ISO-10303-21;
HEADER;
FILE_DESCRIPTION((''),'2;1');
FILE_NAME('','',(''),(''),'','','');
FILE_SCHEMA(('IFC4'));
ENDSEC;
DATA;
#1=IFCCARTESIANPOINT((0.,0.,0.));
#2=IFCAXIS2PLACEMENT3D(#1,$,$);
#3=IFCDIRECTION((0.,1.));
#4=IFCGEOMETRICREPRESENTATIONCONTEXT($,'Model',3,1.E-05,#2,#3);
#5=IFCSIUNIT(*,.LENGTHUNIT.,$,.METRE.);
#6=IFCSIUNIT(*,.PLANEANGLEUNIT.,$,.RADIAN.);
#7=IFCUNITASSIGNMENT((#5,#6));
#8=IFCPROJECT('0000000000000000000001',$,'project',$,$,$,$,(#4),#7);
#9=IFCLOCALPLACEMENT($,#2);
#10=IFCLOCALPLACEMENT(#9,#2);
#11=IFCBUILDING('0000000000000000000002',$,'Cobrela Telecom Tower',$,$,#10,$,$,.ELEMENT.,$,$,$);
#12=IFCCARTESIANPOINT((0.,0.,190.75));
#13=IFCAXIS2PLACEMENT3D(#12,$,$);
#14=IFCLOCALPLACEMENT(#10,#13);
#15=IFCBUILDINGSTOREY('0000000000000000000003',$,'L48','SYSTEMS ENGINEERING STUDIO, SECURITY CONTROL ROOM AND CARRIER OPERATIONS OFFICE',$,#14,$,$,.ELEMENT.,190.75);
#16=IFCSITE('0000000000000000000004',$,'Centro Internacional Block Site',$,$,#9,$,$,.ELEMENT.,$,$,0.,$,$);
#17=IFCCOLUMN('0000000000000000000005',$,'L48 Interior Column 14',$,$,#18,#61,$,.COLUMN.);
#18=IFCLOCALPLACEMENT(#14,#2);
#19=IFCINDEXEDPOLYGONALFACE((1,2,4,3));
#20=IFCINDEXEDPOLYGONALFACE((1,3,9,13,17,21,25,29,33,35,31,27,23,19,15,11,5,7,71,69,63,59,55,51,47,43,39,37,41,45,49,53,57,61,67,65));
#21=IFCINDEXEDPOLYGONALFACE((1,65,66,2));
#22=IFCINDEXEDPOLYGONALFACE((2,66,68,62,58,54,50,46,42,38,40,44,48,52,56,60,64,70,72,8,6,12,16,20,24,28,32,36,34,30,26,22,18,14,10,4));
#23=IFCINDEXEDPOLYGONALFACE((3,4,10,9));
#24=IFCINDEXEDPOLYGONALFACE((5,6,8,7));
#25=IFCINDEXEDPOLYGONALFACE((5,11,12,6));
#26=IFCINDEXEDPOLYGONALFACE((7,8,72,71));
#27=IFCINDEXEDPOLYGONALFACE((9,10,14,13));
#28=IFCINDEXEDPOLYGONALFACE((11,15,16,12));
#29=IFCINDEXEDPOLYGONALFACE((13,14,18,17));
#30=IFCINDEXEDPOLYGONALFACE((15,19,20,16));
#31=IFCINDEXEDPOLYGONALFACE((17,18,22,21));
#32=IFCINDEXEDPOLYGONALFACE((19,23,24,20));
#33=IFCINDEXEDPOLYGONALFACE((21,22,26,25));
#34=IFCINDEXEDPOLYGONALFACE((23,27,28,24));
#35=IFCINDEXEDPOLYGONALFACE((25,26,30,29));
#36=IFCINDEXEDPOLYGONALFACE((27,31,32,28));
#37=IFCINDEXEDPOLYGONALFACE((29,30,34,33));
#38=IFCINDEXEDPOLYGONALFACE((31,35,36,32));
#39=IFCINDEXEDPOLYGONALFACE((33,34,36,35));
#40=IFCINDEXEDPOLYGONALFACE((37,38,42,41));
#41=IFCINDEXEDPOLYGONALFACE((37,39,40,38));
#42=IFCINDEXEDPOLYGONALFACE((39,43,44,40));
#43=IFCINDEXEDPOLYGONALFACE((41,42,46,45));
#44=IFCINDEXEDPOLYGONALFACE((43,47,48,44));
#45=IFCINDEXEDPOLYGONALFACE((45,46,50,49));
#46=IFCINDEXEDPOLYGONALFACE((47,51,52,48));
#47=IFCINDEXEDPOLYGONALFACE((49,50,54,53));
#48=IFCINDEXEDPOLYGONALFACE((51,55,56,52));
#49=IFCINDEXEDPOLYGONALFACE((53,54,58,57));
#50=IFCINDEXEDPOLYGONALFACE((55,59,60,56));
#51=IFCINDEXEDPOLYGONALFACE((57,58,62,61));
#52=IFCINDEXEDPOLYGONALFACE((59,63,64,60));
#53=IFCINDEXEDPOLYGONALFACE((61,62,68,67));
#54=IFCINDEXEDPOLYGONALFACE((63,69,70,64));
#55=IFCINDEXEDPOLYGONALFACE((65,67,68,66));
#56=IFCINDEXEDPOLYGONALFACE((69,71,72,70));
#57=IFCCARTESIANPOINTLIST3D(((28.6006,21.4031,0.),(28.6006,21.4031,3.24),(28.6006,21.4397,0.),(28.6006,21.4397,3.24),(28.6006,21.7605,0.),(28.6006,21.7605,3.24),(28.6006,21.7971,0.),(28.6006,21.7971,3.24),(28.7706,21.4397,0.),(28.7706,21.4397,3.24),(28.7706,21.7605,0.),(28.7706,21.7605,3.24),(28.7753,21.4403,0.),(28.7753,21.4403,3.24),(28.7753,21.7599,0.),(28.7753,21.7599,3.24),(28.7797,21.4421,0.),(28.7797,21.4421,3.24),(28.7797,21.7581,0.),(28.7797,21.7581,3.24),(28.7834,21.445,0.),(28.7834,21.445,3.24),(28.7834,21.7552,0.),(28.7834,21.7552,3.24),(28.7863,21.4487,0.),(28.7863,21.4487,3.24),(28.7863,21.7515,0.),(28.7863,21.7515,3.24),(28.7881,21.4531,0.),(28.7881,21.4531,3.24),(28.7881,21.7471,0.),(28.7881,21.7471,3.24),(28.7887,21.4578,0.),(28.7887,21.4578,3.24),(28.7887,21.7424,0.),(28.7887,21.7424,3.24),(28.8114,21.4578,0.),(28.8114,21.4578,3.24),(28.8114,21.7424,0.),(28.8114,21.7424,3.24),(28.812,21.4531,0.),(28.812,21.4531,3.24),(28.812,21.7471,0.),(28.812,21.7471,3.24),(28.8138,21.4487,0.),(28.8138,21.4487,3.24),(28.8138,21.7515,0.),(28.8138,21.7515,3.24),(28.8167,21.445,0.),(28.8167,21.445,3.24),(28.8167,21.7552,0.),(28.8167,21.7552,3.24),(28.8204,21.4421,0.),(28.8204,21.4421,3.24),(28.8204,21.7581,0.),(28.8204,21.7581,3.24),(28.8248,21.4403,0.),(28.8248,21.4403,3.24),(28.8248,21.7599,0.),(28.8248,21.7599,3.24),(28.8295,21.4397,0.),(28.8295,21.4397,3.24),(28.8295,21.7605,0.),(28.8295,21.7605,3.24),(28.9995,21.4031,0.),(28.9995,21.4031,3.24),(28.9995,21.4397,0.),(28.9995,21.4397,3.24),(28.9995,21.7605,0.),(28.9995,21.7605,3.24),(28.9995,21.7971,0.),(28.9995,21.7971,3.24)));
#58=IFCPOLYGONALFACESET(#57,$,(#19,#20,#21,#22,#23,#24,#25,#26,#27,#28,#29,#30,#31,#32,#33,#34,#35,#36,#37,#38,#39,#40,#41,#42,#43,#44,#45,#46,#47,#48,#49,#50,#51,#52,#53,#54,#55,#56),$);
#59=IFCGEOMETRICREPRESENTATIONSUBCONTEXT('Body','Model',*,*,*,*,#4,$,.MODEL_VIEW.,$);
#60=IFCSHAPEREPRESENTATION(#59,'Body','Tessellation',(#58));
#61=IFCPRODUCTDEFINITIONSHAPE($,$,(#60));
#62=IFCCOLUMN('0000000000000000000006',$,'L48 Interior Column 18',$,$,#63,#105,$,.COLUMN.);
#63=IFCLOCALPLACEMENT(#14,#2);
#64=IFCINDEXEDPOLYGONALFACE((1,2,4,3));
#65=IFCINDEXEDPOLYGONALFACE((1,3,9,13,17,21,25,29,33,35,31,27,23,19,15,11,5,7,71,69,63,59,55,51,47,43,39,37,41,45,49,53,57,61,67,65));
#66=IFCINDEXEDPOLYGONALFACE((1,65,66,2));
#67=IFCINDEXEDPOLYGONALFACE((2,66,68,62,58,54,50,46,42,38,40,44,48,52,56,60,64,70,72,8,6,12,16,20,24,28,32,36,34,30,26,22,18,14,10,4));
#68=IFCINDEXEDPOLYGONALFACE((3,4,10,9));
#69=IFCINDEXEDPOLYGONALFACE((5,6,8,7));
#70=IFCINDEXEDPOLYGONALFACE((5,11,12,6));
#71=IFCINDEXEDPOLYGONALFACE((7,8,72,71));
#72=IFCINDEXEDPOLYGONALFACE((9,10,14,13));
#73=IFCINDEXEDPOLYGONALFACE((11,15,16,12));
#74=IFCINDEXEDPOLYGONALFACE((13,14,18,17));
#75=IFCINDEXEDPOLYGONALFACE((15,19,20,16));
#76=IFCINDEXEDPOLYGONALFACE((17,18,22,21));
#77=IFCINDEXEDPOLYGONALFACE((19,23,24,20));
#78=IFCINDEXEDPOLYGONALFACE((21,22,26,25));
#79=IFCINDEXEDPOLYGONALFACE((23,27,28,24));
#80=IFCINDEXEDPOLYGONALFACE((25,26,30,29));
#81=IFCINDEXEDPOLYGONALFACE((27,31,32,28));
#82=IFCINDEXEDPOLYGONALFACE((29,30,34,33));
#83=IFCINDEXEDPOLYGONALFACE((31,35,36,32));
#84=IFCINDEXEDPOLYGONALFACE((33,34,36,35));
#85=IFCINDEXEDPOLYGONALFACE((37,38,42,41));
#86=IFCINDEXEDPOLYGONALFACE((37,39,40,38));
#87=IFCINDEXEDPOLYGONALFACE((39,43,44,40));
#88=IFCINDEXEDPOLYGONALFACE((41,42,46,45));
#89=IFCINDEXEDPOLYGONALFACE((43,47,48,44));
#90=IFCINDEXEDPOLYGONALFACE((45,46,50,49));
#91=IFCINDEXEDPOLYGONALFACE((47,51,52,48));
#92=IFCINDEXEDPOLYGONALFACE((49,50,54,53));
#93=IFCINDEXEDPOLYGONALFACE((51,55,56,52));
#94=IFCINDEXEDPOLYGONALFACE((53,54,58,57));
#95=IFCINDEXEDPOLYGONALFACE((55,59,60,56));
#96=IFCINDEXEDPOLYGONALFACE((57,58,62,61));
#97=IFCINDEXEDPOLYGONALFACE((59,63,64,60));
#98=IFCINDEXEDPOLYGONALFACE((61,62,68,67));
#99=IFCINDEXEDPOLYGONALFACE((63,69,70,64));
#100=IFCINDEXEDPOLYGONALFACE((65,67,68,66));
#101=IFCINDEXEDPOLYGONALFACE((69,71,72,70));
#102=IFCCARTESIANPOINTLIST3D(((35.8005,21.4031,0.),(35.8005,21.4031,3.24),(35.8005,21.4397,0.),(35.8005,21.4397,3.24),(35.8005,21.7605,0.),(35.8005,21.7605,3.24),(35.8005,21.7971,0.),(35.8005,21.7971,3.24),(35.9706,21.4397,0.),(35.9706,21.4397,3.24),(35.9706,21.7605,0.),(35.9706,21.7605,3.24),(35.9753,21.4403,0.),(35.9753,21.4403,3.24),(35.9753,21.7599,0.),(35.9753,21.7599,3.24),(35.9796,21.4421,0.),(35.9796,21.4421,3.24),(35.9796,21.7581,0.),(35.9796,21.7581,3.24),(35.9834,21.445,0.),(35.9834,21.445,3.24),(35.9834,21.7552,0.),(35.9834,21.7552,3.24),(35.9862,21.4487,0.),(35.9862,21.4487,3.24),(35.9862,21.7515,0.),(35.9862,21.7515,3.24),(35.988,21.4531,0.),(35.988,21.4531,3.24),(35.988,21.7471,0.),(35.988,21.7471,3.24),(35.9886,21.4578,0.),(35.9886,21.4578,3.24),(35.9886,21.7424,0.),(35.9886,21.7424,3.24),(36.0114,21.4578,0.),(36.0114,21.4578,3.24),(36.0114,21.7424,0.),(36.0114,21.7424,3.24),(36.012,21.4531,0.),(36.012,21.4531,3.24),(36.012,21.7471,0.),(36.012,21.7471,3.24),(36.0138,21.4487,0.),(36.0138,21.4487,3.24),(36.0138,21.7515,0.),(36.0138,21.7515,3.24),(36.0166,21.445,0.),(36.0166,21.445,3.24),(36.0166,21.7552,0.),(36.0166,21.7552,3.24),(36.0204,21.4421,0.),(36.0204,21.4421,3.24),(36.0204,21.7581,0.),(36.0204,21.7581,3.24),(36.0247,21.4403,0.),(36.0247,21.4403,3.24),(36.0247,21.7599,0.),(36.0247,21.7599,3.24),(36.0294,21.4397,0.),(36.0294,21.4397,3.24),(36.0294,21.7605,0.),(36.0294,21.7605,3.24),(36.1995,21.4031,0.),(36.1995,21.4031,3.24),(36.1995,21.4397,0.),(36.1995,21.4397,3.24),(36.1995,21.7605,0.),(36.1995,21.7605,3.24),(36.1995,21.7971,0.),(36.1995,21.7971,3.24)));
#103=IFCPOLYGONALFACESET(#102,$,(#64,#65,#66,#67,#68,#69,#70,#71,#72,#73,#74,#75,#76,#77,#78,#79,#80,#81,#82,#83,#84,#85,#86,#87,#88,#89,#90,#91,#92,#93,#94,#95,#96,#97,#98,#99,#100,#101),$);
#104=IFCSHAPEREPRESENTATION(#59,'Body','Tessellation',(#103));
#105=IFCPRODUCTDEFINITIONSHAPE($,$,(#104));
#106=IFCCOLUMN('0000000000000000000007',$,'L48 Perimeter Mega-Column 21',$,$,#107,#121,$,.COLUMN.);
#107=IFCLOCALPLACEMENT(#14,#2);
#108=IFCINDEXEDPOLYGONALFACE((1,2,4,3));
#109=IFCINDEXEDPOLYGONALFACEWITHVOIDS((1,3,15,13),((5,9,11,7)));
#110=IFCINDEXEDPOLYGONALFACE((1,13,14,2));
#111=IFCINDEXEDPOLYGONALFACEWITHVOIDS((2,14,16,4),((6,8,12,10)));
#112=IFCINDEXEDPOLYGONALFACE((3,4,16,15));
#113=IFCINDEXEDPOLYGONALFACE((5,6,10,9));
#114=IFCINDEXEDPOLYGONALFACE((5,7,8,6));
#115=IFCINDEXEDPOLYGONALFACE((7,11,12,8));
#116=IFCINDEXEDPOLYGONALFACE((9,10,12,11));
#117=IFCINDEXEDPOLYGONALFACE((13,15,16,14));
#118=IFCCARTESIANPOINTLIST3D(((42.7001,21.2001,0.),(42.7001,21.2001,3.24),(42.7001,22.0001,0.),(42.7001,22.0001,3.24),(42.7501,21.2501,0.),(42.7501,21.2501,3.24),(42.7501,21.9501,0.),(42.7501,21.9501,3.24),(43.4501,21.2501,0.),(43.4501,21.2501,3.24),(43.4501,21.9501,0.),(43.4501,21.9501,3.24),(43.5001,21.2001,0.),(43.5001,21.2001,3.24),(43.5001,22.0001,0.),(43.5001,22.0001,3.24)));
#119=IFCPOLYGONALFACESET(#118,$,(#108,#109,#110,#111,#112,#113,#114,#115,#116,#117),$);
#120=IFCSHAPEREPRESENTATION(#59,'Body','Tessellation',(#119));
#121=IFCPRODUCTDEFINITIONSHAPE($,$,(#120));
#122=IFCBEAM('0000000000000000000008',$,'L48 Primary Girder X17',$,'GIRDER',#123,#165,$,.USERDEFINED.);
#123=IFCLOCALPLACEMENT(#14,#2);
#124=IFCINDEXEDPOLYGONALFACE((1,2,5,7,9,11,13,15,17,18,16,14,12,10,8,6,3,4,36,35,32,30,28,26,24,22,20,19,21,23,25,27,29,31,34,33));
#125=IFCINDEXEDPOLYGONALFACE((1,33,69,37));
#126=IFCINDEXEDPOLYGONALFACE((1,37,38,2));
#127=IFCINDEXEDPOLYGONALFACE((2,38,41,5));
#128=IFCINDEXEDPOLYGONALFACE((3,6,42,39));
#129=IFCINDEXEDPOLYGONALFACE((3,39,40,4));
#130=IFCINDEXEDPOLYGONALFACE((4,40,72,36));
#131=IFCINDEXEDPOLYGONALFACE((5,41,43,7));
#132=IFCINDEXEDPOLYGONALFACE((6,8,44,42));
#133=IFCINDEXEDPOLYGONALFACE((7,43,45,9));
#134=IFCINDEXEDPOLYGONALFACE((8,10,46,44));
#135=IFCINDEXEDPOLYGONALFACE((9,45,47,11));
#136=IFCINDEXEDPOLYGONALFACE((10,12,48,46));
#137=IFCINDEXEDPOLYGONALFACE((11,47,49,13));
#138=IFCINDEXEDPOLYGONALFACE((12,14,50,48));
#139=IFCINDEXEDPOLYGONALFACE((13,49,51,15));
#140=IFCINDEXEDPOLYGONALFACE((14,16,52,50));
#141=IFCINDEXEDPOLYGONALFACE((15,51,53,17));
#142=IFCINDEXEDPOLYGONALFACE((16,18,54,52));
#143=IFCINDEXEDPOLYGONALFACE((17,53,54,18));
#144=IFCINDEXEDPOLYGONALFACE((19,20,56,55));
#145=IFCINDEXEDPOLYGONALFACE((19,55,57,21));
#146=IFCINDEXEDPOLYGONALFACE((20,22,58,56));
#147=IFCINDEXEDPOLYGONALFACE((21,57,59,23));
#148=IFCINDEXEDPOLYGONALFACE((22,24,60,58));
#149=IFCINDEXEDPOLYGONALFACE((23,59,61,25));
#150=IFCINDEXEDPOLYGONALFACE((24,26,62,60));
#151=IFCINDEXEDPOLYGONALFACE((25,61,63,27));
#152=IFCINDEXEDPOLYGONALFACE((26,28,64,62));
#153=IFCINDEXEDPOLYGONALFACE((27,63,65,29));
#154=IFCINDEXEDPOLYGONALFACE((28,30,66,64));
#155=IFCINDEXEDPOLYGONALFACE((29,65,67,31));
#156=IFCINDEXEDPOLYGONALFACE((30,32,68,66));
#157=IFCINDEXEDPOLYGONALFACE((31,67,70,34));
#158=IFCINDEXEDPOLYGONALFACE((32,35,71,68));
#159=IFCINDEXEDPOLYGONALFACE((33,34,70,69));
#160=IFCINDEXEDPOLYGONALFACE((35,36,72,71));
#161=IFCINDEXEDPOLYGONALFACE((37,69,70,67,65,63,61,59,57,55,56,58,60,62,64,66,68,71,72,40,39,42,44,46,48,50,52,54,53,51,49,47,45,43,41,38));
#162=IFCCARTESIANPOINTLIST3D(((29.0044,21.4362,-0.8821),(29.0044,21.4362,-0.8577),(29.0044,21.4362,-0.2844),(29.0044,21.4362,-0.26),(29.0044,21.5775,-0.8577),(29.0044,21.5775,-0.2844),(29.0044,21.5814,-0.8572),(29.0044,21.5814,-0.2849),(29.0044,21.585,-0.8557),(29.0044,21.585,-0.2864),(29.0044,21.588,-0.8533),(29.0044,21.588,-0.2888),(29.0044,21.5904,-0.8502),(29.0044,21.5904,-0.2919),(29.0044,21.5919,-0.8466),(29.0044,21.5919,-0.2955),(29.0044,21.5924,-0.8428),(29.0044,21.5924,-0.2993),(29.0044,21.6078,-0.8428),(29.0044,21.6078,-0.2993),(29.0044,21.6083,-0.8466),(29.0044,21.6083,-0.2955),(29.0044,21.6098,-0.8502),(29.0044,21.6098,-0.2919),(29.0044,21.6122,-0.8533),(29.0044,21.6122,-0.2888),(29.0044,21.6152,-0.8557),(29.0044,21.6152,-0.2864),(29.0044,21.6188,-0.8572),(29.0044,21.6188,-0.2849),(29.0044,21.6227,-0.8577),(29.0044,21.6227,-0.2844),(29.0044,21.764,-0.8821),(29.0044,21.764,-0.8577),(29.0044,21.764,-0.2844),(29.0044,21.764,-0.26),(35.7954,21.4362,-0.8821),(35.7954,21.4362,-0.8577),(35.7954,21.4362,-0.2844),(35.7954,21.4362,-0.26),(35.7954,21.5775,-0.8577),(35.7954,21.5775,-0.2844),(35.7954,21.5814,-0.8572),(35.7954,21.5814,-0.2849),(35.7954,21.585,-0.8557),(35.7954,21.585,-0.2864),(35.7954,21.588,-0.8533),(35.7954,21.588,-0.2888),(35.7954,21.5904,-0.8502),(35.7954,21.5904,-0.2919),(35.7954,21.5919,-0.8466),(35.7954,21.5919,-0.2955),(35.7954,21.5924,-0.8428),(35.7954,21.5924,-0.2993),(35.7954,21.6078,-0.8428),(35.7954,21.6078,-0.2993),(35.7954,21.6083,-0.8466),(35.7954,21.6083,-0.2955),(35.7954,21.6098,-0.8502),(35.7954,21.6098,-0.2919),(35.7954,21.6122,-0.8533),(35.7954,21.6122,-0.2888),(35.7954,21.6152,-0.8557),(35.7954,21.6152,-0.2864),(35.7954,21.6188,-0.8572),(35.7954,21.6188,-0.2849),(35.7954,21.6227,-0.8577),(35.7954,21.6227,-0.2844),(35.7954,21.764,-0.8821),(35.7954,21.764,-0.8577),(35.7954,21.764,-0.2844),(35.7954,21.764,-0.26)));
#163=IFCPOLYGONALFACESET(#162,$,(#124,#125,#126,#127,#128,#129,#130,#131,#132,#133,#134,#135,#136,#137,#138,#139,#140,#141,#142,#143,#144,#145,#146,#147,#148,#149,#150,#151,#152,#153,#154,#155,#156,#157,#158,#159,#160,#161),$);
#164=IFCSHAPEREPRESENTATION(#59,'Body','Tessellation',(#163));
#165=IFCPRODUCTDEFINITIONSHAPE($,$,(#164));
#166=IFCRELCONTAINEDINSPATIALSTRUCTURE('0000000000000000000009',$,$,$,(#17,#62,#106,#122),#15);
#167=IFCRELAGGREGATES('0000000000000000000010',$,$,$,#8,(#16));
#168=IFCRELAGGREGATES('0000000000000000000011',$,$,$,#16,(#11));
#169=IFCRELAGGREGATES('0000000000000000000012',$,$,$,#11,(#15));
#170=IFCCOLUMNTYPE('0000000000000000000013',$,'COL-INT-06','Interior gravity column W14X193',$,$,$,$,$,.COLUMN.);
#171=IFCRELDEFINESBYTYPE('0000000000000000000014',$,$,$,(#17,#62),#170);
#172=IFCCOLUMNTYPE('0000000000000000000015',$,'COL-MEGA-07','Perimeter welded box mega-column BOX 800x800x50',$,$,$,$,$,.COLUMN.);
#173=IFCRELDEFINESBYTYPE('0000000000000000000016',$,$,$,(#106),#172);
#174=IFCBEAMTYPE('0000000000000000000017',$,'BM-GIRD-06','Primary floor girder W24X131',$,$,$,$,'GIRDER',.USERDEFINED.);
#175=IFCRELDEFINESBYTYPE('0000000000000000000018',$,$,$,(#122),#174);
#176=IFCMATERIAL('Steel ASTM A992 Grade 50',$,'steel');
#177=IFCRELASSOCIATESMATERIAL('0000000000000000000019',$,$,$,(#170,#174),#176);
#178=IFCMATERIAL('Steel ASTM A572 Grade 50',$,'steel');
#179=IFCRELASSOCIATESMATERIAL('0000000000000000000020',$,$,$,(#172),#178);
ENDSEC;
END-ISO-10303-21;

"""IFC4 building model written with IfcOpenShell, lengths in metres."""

from ifc_helpers import new_model, si_unit, direction, frame, origin, origin_2d, place, context, subcontext, project, spatial, hollow_rectangle, i_section, extrude, material, material_profile, profile_set, type_object, element, save


model = new_model("IFC4")

# Units and contexts
model_context = context("Model", 3, precision=1e-05, world=origin(), true_north=direction((0.0, 1.0)))
body_context = subcontext(model_context, "Body", "Model", "MODEL_VIEW")
ifc_project = project(units=[si_unit("LENGTHUNIT", "METRE"), si_unit("PLANEANGLEUNIT", "RADIAN")], contexts=[model_context])

# Site, building, storey
site_placement = place(None, origin())
site = spatial("IfcSite", under=ifc_project, at=site_placement, Name="Centro Internacional Block Site", CompositionType="ELEMENT", RefElevation=0.0)
building_placement = place(site_placement, origin())
building = spatial("IfcBuilding", under=site, at=building_placement, Name="Cobrela Telecom Tower", CompositionType="ELEMENT")
storey_placement = place(building_placement, frame((0.0, 0.0, 190.75)))
storey = spatial("IfcBuildingStorey", under=building, at=storey_placement, Name="L48", Description="SYSTEMS ENGINEERING STUDIO, SECURITY CONTROL ROOM AND CARRIER OPERATIONS OFFICE", CompositionType="ELEMENT", Elevation=190.75)

# Columns
ifc_material_1 = material(Name="Steel ASTM A992 Grade 50", Category="steel")
ifc_material_profile_1 = material_profile(ifc_material_1, i_section(OverallWidth=0.3989, OverallDepth=0.394, WebThickness=0.0227, FlangeThickness=0.0366, FilletRadius=0.0181, at=origin_2d()), Name="W14X193")
ifc_profile_set_1 = profile_set([ifc_material_profile_1], Name="Steel ASTM A992 Grade 50")
column_type_1 = type_object("IfcColumnType", Name="COL-INT-06", Description="Interior gravity column W14X193", PredefinedType="COLUMN", material=ifc_profile_set_1)
for number, where, z_axis, x_axis, name in (
    (1, (28.8, 21.6001, 0.0), (0.0, 0.0, 1.0), (1.0, 0.0, 0.0), "L48 Interior Column 14"),
    (2, (36.0, 21.6001, 0.0), (0.0, 0.0, 1.0), (1.0, 0.0, 0.0), "L48 Interior Column 18"),
):
    element("IfcColumn", number, at=place(storey_placement, frame(where, z_axis=z_axis, x_axis=x_axis)), inside=storey, type_object=column_type_1, Name=name, PredefinedType="COLUMN", context=body_context, shape_type="SweptSolid", body=[
        extrude(i_section(OverallWidth=0.3989, OverallDepth=0.394, WebThickness=0.0227, FlangeThickness=0.0366, FilletRadius=0.0181, at=origin_2d()), origin(), (0.0, 0.0, 1.0), 3.24),
    ])
ifc_material_2 = material(Name="Steel ASTM A572 Grade 50", Category="steel")
ifc_material_profile_2 = material_profile(ifc_material_2, hollow_rectangle(XDim=0.8, YDim=0.8, WallThickness=0.05, at=origin_2d()), Name="BOX 800x800x50")
ifc_profile_set_2 = profile_set([ifc_material_profile_2], Name="Steel ASTM A572 Grade 50")
column_type_2 = type_object("IfcColumnType", Name="COL-MEGA-07", Description="Perimeter welded box mega-column BOX 800x800x50", PredefinedType="COLUMN", material=ifc_profile_set_2)
column_placement = place(storey_placement, frame((43.1001, 21.6001, 0.0), z_axis=(0.0, 0.0, 1.0), x_axis=(1.0, 0.0, 0.0)))
element("IfcColumn", 3, at=column_placement, inside=storey, type_object=column_type_2, Name="L48 Perimeter Mega-Column 21", PredefinedType="COLUMN", context=body_context, shape_type="SweptSolid", body=[
    extrude(hollow_rectangle(XDim=0.8, YDim=0.8, WallThickness=0.05, at=origin_2d()), origin(), (0.0, 0.0, 1.0), 3.24),
])

# Beam
ifc_material_profile_3 = material_profile(ifc_material_1, i_section(OverallWidth=0.3279, OverallDepth=0.6221, WebThickness=0.0154, FlangeThickness=0.0244, FilletRadius=0.0149, at=origin_2d()), Name="W24X131")
ifc_profile_set_3 = profile_set([ifc_material_profile_3], Name="Steel ASTM A992 Grade 50")
beam_type_1 = type_object("IfcBeamType", Name="BM-GIRD-06", Description="Primary floor girder W24X131", ElementType="GIRDER", PredefinedType="USERDEFINED", material=ifc_profile_set_3)
beam_1_placement = place(storey_placement, frame((29.0044, 21.6001, -0.571), z_axis=(1.0, 0.0, 0.0), x_axis=(0.0, 1.0, 0.0)))
element("IfcBeam", 4, at=beam_1_placement, inside=storey, type_object=beam_type_1, Name="L48 Primary Girder X17", ObjectType="GIRDER", PredefinedType="USERDEFINED", context=body_context, shape_type="SweptSolid", body=[
    extrude(i_section(OverallWidth=0.3279, OverallDepth=0.6221, WebThickness=0.0154, FlangeThickness=0.0244, FilletRadius=0.0149, at=origin_2d()), origin(), (0.0, 0.0, 1.0), 6.791),
])

save(model, "model.ifc")
